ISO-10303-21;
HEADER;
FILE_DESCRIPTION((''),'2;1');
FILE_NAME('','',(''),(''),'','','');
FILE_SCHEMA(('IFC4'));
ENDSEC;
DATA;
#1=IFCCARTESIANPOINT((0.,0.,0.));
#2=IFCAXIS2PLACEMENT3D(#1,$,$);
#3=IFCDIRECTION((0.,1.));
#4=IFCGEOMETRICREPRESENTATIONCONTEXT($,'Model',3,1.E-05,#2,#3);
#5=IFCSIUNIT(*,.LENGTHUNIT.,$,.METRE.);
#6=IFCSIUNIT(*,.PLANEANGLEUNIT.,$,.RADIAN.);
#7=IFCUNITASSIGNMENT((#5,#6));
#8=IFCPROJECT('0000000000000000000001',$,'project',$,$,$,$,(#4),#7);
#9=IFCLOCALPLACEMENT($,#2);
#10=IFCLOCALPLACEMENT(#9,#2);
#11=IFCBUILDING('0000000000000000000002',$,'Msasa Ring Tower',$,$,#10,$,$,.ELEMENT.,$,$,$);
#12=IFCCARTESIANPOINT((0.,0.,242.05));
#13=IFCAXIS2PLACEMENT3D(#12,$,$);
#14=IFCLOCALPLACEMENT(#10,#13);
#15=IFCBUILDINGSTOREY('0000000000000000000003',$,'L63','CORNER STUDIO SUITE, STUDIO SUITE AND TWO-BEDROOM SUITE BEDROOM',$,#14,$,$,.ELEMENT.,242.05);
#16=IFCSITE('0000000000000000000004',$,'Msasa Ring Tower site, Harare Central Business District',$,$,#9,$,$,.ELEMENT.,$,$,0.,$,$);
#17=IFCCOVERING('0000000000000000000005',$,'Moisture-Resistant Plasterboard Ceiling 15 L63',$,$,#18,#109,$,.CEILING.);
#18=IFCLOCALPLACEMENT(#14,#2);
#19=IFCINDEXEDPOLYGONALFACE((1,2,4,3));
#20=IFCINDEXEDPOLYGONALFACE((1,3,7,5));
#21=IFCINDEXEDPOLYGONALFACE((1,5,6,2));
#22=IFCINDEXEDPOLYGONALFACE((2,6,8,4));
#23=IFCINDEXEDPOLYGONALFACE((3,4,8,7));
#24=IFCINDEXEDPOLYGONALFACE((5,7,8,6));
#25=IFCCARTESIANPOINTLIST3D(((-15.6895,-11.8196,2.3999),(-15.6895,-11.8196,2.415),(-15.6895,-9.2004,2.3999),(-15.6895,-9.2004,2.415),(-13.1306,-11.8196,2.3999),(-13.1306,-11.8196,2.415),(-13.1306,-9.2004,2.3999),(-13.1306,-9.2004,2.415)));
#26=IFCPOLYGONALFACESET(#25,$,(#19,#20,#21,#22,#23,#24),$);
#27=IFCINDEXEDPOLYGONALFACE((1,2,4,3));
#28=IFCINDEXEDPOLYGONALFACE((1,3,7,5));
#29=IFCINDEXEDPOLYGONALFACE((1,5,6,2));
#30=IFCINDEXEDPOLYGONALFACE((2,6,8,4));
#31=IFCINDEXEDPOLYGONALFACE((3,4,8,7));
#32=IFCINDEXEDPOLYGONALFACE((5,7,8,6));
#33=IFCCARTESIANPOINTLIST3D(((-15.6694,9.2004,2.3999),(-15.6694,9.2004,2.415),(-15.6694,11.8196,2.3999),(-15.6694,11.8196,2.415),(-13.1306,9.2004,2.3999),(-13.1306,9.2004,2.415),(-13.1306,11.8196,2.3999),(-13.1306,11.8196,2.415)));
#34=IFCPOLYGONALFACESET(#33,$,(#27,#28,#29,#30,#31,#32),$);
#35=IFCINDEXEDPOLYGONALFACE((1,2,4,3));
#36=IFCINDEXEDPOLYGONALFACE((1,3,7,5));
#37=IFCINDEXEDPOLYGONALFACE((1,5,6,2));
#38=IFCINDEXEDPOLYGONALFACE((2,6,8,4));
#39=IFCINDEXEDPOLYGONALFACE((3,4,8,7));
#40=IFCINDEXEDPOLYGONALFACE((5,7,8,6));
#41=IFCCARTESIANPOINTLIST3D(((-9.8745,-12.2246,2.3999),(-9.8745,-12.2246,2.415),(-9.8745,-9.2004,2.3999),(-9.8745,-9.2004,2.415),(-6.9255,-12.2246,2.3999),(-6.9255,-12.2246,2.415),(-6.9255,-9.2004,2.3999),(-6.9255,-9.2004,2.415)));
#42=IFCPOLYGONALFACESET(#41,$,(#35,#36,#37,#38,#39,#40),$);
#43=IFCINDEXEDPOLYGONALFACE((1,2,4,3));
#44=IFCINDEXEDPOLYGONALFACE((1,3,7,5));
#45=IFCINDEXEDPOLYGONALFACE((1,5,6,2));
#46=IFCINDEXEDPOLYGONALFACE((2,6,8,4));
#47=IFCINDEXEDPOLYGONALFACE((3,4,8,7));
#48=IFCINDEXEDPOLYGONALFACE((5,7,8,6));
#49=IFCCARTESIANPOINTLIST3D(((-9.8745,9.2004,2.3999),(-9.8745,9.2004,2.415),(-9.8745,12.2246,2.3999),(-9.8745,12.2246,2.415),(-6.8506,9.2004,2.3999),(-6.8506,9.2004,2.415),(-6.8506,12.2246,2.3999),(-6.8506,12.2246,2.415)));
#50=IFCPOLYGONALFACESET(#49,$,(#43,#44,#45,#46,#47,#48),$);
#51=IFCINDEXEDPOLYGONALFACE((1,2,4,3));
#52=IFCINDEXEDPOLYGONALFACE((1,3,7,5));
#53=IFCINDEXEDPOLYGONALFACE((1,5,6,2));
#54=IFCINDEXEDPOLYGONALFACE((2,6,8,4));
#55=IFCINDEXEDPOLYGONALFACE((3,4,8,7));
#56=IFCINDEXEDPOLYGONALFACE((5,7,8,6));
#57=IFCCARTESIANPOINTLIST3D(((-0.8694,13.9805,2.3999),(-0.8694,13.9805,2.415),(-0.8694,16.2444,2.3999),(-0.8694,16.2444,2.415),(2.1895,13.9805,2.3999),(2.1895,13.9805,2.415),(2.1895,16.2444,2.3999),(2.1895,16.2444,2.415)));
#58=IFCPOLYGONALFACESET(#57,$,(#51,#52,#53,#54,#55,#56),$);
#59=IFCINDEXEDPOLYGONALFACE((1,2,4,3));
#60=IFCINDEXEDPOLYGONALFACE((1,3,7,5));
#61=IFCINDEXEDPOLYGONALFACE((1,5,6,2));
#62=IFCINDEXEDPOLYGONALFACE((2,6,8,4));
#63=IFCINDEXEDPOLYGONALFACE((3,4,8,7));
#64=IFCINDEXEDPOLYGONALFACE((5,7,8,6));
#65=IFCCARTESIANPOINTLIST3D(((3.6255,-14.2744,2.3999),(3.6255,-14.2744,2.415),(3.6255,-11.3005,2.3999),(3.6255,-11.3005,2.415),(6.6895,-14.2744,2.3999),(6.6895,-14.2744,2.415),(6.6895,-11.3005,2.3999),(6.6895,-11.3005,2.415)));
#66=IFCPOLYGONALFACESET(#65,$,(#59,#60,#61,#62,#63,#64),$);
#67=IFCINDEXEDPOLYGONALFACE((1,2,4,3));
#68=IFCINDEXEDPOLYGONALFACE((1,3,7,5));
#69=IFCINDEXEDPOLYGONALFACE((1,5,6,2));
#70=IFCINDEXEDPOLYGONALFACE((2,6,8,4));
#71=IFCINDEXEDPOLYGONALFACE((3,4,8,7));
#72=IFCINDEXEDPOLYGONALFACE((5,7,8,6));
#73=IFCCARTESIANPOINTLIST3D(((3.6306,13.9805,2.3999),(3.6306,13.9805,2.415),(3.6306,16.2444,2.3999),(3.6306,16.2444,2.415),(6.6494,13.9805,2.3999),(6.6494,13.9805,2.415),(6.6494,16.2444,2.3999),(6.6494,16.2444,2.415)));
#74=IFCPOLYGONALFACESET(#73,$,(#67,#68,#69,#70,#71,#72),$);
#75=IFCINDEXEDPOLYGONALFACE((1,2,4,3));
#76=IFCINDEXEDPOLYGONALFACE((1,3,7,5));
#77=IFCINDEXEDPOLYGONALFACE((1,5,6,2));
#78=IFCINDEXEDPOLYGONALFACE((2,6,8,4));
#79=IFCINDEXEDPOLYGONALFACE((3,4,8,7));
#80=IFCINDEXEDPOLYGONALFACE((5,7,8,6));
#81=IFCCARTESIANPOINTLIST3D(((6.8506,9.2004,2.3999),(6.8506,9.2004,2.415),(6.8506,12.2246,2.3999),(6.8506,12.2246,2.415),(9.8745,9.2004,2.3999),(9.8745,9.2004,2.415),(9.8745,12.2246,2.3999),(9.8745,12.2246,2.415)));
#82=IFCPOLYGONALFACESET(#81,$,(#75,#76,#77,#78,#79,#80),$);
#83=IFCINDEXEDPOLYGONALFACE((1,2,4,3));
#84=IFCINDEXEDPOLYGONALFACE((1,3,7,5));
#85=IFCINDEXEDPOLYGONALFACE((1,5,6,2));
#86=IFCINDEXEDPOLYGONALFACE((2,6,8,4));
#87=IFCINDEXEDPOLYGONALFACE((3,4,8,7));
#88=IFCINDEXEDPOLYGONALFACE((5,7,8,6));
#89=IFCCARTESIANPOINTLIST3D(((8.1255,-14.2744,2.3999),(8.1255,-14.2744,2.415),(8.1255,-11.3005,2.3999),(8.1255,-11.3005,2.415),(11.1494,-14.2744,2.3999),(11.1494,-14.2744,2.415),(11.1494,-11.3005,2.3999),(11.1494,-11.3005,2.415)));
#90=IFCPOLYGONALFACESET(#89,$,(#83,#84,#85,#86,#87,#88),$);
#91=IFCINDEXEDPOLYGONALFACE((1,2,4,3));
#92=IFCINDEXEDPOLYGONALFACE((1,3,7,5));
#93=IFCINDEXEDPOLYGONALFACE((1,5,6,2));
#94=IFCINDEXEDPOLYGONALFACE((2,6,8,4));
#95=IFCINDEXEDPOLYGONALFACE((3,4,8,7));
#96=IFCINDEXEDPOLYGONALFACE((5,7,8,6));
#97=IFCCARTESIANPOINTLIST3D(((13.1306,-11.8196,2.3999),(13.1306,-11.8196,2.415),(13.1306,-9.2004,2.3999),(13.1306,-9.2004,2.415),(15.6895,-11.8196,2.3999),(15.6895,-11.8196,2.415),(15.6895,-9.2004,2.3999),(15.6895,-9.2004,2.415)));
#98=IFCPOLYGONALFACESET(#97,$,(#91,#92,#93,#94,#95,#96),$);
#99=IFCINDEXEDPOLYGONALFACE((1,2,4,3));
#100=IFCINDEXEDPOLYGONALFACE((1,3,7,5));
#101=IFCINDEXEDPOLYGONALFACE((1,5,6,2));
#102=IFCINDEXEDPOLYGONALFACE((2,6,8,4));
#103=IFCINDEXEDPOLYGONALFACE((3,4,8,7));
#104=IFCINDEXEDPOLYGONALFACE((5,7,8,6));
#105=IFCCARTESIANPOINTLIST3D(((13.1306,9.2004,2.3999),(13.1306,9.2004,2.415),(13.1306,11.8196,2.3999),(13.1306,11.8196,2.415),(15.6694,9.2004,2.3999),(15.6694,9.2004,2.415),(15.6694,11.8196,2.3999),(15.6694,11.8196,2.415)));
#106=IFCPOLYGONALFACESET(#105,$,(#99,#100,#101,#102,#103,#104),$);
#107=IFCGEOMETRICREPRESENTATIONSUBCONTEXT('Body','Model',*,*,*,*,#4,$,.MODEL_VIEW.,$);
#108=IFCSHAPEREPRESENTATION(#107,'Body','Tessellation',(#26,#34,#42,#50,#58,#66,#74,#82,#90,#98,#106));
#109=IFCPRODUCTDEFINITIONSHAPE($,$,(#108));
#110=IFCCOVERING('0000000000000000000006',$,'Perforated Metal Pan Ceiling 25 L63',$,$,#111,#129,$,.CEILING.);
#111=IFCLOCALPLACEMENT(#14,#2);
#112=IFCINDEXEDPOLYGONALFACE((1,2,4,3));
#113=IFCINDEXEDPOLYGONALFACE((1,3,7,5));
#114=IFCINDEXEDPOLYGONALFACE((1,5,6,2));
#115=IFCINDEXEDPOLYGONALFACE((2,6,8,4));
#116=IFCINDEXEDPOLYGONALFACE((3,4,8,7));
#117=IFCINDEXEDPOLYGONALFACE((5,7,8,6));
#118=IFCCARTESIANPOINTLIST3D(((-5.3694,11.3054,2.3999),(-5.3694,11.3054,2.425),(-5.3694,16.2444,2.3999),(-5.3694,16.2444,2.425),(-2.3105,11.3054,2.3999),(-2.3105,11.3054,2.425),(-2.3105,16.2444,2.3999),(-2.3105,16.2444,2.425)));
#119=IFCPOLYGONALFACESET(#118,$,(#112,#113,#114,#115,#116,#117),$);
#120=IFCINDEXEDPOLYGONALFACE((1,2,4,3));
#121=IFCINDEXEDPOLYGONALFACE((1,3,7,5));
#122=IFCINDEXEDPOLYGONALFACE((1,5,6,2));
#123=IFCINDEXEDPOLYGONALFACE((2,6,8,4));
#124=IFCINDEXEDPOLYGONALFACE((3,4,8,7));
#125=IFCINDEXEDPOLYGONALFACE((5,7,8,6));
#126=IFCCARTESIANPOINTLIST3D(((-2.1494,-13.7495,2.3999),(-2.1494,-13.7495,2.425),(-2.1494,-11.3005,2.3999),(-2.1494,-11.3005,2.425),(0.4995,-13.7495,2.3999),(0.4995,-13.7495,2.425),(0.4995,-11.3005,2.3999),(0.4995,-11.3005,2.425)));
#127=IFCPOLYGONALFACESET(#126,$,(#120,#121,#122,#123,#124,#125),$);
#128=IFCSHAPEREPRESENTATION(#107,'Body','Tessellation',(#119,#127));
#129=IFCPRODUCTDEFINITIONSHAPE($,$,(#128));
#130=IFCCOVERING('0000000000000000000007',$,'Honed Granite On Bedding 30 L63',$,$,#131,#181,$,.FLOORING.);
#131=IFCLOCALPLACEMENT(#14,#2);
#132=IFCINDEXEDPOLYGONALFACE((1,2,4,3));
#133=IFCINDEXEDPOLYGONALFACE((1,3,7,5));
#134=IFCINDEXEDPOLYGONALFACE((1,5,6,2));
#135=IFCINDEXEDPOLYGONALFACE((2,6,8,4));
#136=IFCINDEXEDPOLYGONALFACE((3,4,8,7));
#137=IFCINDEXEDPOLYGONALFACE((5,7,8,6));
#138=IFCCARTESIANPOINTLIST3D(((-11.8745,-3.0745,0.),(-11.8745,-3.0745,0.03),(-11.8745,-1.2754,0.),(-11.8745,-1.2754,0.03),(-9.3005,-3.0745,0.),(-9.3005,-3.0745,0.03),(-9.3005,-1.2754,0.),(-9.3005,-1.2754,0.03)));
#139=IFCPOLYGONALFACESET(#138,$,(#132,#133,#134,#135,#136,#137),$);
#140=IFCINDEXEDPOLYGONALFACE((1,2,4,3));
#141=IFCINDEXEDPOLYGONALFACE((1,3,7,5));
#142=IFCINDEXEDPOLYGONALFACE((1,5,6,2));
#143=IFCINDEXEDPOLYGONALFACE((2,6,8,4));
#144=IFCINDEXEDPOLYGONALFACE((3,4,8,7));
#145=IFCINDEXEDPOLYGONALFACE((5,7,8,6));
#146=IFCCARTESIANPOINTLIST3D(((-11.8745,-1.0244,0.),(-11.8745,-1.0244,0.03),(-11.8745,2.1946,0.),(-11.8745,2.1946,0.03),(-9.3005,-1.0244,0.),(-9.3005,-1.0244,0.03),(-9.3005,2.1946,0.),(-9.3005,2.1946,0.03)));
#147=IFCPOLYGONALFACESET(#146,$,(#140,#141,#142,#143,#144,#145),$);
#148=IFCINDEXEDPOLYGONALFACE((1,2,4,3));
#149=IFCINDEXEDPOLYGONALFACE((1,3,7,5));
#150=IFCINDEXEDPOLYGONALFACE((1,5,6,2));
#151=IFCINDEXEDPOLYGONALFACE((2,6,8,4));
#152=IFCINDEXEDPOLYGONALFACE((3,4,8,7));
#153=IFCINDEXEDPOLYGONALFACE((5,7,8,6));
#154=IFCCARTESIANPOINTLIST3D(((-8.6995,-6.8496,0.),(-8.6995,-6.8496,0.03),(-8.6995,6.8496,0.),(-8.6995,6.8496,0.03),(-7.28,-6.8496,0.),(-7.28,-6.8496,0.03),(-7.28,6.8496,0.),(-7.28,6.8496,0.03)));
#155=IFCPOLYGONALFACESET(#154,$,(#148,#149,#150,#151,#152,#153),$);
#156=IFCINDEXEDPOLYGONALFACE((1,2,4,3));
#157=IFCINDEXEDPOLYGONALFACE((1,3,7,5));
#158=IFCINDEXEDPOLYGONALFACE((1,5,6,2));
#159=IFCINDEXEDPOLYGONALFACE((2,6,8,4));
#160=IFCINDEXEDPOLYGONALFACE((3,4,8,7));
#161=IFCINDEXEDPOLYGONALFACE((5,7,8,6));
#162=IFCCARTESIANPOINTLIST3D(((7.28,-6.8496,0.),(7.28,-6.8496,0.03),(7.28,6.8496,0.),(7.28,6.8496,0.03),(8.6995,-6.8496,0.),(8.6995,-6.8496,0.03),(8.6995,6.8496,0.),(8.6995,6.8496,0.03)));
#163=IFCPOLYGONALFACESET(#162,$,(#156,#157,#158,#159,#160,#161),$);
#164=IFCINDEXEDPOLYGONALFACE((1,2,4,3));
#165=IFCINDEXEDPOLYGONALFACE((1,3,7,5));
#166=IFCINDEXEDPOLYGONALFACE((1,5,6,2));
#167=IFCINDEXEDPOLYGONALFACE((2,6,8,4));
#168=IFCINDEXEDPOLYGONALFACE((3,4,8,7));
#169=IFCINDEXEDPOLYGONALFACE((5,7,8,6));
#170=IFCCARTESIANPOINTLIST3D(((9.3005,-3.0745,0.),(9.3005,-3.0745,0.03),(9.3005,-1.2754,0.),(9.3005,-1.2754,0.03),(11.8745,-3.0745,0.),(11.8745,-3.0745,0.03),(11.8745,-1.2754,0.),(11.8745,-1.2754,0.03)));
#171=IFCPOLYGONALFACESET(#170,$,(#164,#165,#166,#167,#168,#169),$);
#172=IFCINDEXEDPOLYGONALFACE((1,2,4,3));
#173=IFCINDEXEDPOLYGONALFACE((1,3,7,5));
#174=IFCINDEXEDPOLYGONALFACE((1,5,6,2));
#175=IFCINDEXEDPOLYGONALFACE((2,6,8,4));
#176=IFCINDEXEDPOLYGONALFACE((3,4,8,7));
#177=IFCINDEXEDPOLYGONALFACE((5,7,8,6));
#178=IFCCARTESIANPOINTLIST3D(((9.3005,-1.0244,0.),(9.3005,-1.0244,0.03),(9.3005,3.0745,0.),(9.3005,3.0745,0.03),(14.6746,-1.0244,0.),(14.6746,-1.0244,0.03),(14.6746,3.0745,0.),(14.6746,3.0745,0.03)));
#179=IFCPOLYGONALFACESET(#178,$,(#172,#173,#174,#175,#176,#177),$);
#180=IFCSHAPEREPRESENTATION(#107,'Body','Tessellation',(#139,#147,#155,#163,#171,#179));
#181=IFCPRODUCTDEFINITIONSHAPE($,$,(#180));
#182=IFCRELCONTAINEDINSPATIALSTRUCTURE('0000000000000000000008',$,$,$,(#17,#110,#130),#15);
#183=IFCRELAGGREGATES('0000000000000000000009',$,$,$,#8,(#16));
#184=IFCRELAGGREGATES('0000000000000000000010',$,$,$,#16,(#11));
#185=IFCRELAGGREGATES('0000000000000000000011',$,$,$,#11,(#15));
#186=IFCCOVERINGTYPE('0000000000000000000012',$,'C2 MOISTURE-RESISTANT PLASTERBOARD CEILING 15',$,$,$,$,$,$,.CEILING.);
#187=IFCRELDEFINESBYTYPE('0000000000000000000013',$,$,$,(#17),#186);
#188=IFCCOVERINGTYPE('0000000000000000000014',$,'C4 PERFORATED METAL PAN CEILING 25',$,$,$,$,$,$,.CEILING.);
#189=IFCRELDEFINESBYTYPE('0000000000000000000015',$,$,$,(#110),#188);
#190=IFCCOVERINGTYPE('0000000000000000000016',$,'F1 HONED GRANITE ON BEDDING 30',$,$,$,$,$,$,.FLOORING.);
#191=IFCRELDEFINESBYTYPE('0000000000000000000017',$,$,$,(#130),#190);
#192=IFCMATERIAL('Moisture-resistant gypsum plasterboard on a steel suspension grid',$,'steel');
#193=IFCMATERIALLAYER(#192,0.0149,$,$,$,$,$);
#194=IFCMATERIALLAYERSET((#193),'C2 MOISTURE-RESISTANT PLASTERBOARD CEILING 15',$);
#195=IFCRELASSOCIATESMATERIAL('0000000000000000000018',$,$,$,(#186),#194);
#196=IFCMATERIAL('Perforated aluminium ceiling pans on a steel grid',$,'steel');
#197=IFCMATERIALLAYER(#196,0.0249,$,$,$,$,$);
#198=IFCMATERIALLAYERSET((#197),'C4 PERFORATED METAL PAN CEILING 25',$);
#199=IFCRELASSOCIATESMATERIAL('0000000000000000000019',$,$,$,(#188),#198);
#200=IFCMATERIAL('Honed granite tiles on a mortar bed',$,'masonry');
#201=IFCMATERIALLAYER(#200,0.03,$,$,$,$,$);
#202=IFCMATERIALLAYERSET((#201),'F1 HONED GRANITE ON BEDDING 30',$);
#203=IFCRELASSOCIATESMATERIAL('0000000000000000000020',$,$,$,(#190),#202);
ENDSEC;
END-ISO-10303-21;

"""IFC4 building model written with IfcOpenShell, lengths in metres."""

from ifc_helpers import new_model, si_unit, direction, frame, origin, place, context, subcontext, project, spatial, line, indexed_curve, outline, extrude, material, layer, layer_set, type_object, element, save


model = new_model("IFC4")

# Units and contexts
model_context = context("Model", 3, precision=1e-05, world=origin(), true_north=direction((0.0, 1.0)))
body_context = subcontext(model_context, "Body", "Model", "MODEL_VIEW")
ifc_project = project(units=[si_unit("LENGTHUNIT", "METRE"), si_unit("PLANEANGLEUNIT", "RADIAN")], contexts=[model_context])

# Site, building, storey
site_placement = place(None, origin())
site = spatial("IfcSite", under=ifc_project, at=site_placement, Name="Msasa Ring Tower site, Harare Central Business District", CompositionType="ELEMENT", RefElevation=0.0)
building_placement = place(site_placement, origin())
building = spatial("IfcBuilding", under=site, at=building_placement, Name="Msasa Ring Tower", CompositionType="ELEMENT")
storey_placement = place(building_placement, frame((0.0, 0.0, 242.05)))
storey = spatial("IfcBuildingStorey", under=building, at=storey_placement, Name="L63", Description="CORNER STUDIO SUITE, STUDIO SUITE AND TWO-BEDROOM SUITE BEDROOM", CompositionType="ELEMENT", Elevation=242.05)

# Coverings
ifc_material_1 = material(Name="Moisture-resistant gypsum plasterboard on a steel suspension grid", Category="steel")
ifc_layer_1 = layer(ifc_material_1, 0.0149)
ifc_layer_set_1 = layer_set([ifc_layer_1], Name="C2 MOISTURE-RESISTANT PLASTERBOARD CEILING 15")
covering_type_1 = type_object("IfcCoveringType", Name="C2 MOISTURE-RESISTANT PLASTERBOARD CEILING 15", PredefinedType="CEILING", material=ifc_layer_set_1)
covering_1_placement = place(storey_placement, frame((0.0, 0.0, 2.3999)))
element("IfcCovering", 1, at=covering_1_placement, inside=storey, type_object=covering_type_1, Name="Moisture-Resistant Plasterboard Ceiling 15 L63", PredefinedType="CEILING", context=body_context, shape_type="SweptSolid", body=[
    extrude(outline(indexed_curve([(-15.6895, -11.8196), (-15.6895, -9.2004), (-13.1306, -9.2004), (-13.1306, -11.8196)], segments=[line(1, 2, 3, 4, 1)], self_intersect=False)), origin(), (0.0, 0.0, 1.0), 0.0151),
    extrude(outline(indexed_curve([(-15.6694, 11.8196), (-13.1306, 11.8196), (-13.1306, 9.2004), (-15.6694, 9.2004)], segments=[line(1, 2, 3, 4, 1)], self_intersect=False)), origin(), (0.0, 0.0, 1.0), 0.0151),
    extrude(outline(indexed_curve([(-6.9255, -9.2004), (-6.9255, -12.2246), (-9.8745, -12.2246), (-9.8745, -9.2004)], segments=[line(1, 2, 3, 4, 1)], self_intersect=False)), origin(), (0.0, 0.0, 1.0), 0.0151),
    extrude(outline(indexed_curve([(-9.8745, 9.2004), (-9.8745, 12.2246), (-6.8506, 12.2246), (-6.8506, 9.2004)], segments=[line(1, 2, 3, 4, 1)], self_intersect=False)), origin(), (0.0, 0.0, 1.0), 0.0151),
    extrude(outline(indexed_curve([(-0.8694, 13.9805), (-0.8694, 16.2444), (2.1895, 16.2444), (2.1895, 13.9805)], segments=[line(1, 2, 3, 4, 1)], self_intersect=False)), origin(), (0.0, 0.0, 1.0), 0.0151),
    extrude(outline(indexed_curve([(6.6895, -11.3005), (6.6895, -14.2744), (3.6255, -14.2744), (3.6255, -11.3005)], segments=[line(1, 2, 3, 4, 1)], self_intersect=False)), origin(), (0.0, 0.0, 1.0), 0.0151),
    extrude(outline(indexed_curve([(3.6306, 16.2444), (6.6494, 16.2444), (6.6494, 13.9805), (3.6306, 13.9805)], segments=[line(1, 2, 3, 4, 1)], self_intersect=False)), origin(), (0.0, 0.0, 1.0), 0.0151),
    extrude(outline(indexed_curve([(6.8506, 9.2004), (6.8506, 12.2246), (9.8745, 12.2246), (9.8745, 9.2004)], segments=[line(1, 2, 3, 4, 1)], self_intersect=False)), origin(), (0.0, 0.0, 1.0), 0.0151),
    extrude(outline(indexed_curve([(11.1494, -11.3005), (11.1494, -14.2744), (8.1255, -14.2744), (8.1255, -11.3005)], segments=[line(1, 2, 3, 4, 1)], self_intersect=False)), origin(), (0.0, 0.0, 1.0), 0.0151),
    extrude(outline(indexed_curve([(13.1306, -9.2004), (15.6895, -9.2004), (15.6895, -11.8196), (13.1306, -11.8196)], segments=[line(1, 2, 3, 4, 1)], self_intersect=False)), origin(), (0.0, 0.0, 1.0), 0.0151),
    extrude(outline(indexed_curve([(13.1306, 9.2004), (13.1306, 11.8196), (15.6694, 11.8196), (15.6694, 9.2004)], segments=[line(1, 2, 3, 4, 1)], self_intersect=False)), origin(), (0.0, 0.0, 1.0), 0.0151),
])
ifc_material_2 = material(Name="Perforated aluminium ceiling pans on a steel grid", Category="steel")
ifc_layer_2 = layer(ifc_material_2, 0.0249)
ifc_layer_set_2 = layer_set([ifc_layer_2], Name="C4 PERFORATED METAL PAN CEILING 25")
covering_type_2 = type_object("IfcCoveringType", Name="C4 PERFORATED METAL PAN CEILING 25", PredefinedType="CEILING", material=ifc_layer_set_2)
covering_2_placement = place(storey_placement, frame((0.0, 0.0, 2.3999)))
element("IfcCovering", 2, at=covering_2_placement, inside=storey, type_object=covering_type_2, Name="Perforated Metal Pan Ceiling 25 L63", PredefinedType="CEILING", context=body_context, shape_type="SweptSolid", body=[
    extrude(outline(indexed_curve([(-2.3105, 16.2444), (-2.3105, 11.3054), (-5.3694, 11.3054), (-5.3694, 16.2444)], segments=[line(1, 2, 3, 4, 1)], self_intersect=False)), origin(), (0.0, 0.0, 1.0), 0.0251),
    extrude(outline(indexed_curve([(0.4995, -11.3005), (0.4995, -13.7495), (-2.1494, -13.7495), (-2.1494, -11.3005)], segments=[line(1, 2, 3, 4, 1)], self_intersect=False)), origin(), (0.0, 0.0, 1.0), 0.0251),
])
ifc_material_3 = material(Name="Honed granite tiles on a mortar bed", Category="masonry")
ifc_layer_3 = layer(ifc_material_3, 0.03)
ifc_layer_set_3 = layer_set([ifc_layer_3], Name="F1 HONED GRANITE ON BEDDING 30")
covering_type_3 = type_object("IfcCoveringType", Name="F1 HONED GRANITE ON BEDDING 30", PredefinedType="FLOORING", material=ifc_layer_set_3)
covering_3_placement = place(storey_placement, origin())
element("IfcCovering", 3, at=covering_3_placement, inside=storey, type_object=covering_type_3, Name="Honed Granite On Bedding 30 L63", PredefinedType="FLOORING", context=body_context, shape_type="SweptSolid", body=[
    extrude(outline(indexed_curve([(-11.8745, -3.0745), (-11.8745, -1.2754), (-9.3005, -1.2754), (-9.3005, -3.0745)], segments=[line(1, 2, 3, 4, 1)], self_intersect=False)), origin(), (0.0, 0.0, 1.0), 0.03),
    extrude(outline(indexed_curve([(-11.8745, 2.1946), (-9.3005, 2.1946), (-9.3005, -1.0244), (-11.8745, -1.0244)], segments=[line(1, 2, 3, 4, 1)], self_intersect=False)), origin(), (0.0, 0.0, 1.0), 0.03),
    extrude(outline(indexed_curve([(-8.6995, 6.8496), (-7.28, 6.8496), (-7.28, -6.8496), (-8.6995, -6.8496)], segments=[line(1, 2, 3, 4, 1)], self_intersect=False)), origin(), (0.0, 0.0, 1.0), 0.03),
    extrude(outline(indexed_curve([(7.28, -6.8496), (7.28, 6.8496), (8.6995, 6.8496), (8.6995, -6.8496)], segments=[line(1, 2, 3, 4, 1)], self_intersect=False)), origin(), (0.0, 0.0, 1.0), 0.03),
    extrude(outline(indexed_curve([(9.3005, -1.2754), (11.8745, -1.2754), (11.8745, -3.0745), (9.3005, -3.0745)], segments=[line(1, 2, 3, 4, 1)], self_intersect=False)), origin(), (0.0, 0.0, 1.0), 0.03),
    extrude(outline(indexed_curve([(9.3005, 3.0745), (14.6746, 3.0745), (14.6746, -1.0244), (9.3005, -1.0244)], segments=[line(1, 2, 3, 4, 1)], self_intersect=False)), origin(), (0.0, 0.0, 1.0), 0.03),
])

save(model, "model.ifc")
